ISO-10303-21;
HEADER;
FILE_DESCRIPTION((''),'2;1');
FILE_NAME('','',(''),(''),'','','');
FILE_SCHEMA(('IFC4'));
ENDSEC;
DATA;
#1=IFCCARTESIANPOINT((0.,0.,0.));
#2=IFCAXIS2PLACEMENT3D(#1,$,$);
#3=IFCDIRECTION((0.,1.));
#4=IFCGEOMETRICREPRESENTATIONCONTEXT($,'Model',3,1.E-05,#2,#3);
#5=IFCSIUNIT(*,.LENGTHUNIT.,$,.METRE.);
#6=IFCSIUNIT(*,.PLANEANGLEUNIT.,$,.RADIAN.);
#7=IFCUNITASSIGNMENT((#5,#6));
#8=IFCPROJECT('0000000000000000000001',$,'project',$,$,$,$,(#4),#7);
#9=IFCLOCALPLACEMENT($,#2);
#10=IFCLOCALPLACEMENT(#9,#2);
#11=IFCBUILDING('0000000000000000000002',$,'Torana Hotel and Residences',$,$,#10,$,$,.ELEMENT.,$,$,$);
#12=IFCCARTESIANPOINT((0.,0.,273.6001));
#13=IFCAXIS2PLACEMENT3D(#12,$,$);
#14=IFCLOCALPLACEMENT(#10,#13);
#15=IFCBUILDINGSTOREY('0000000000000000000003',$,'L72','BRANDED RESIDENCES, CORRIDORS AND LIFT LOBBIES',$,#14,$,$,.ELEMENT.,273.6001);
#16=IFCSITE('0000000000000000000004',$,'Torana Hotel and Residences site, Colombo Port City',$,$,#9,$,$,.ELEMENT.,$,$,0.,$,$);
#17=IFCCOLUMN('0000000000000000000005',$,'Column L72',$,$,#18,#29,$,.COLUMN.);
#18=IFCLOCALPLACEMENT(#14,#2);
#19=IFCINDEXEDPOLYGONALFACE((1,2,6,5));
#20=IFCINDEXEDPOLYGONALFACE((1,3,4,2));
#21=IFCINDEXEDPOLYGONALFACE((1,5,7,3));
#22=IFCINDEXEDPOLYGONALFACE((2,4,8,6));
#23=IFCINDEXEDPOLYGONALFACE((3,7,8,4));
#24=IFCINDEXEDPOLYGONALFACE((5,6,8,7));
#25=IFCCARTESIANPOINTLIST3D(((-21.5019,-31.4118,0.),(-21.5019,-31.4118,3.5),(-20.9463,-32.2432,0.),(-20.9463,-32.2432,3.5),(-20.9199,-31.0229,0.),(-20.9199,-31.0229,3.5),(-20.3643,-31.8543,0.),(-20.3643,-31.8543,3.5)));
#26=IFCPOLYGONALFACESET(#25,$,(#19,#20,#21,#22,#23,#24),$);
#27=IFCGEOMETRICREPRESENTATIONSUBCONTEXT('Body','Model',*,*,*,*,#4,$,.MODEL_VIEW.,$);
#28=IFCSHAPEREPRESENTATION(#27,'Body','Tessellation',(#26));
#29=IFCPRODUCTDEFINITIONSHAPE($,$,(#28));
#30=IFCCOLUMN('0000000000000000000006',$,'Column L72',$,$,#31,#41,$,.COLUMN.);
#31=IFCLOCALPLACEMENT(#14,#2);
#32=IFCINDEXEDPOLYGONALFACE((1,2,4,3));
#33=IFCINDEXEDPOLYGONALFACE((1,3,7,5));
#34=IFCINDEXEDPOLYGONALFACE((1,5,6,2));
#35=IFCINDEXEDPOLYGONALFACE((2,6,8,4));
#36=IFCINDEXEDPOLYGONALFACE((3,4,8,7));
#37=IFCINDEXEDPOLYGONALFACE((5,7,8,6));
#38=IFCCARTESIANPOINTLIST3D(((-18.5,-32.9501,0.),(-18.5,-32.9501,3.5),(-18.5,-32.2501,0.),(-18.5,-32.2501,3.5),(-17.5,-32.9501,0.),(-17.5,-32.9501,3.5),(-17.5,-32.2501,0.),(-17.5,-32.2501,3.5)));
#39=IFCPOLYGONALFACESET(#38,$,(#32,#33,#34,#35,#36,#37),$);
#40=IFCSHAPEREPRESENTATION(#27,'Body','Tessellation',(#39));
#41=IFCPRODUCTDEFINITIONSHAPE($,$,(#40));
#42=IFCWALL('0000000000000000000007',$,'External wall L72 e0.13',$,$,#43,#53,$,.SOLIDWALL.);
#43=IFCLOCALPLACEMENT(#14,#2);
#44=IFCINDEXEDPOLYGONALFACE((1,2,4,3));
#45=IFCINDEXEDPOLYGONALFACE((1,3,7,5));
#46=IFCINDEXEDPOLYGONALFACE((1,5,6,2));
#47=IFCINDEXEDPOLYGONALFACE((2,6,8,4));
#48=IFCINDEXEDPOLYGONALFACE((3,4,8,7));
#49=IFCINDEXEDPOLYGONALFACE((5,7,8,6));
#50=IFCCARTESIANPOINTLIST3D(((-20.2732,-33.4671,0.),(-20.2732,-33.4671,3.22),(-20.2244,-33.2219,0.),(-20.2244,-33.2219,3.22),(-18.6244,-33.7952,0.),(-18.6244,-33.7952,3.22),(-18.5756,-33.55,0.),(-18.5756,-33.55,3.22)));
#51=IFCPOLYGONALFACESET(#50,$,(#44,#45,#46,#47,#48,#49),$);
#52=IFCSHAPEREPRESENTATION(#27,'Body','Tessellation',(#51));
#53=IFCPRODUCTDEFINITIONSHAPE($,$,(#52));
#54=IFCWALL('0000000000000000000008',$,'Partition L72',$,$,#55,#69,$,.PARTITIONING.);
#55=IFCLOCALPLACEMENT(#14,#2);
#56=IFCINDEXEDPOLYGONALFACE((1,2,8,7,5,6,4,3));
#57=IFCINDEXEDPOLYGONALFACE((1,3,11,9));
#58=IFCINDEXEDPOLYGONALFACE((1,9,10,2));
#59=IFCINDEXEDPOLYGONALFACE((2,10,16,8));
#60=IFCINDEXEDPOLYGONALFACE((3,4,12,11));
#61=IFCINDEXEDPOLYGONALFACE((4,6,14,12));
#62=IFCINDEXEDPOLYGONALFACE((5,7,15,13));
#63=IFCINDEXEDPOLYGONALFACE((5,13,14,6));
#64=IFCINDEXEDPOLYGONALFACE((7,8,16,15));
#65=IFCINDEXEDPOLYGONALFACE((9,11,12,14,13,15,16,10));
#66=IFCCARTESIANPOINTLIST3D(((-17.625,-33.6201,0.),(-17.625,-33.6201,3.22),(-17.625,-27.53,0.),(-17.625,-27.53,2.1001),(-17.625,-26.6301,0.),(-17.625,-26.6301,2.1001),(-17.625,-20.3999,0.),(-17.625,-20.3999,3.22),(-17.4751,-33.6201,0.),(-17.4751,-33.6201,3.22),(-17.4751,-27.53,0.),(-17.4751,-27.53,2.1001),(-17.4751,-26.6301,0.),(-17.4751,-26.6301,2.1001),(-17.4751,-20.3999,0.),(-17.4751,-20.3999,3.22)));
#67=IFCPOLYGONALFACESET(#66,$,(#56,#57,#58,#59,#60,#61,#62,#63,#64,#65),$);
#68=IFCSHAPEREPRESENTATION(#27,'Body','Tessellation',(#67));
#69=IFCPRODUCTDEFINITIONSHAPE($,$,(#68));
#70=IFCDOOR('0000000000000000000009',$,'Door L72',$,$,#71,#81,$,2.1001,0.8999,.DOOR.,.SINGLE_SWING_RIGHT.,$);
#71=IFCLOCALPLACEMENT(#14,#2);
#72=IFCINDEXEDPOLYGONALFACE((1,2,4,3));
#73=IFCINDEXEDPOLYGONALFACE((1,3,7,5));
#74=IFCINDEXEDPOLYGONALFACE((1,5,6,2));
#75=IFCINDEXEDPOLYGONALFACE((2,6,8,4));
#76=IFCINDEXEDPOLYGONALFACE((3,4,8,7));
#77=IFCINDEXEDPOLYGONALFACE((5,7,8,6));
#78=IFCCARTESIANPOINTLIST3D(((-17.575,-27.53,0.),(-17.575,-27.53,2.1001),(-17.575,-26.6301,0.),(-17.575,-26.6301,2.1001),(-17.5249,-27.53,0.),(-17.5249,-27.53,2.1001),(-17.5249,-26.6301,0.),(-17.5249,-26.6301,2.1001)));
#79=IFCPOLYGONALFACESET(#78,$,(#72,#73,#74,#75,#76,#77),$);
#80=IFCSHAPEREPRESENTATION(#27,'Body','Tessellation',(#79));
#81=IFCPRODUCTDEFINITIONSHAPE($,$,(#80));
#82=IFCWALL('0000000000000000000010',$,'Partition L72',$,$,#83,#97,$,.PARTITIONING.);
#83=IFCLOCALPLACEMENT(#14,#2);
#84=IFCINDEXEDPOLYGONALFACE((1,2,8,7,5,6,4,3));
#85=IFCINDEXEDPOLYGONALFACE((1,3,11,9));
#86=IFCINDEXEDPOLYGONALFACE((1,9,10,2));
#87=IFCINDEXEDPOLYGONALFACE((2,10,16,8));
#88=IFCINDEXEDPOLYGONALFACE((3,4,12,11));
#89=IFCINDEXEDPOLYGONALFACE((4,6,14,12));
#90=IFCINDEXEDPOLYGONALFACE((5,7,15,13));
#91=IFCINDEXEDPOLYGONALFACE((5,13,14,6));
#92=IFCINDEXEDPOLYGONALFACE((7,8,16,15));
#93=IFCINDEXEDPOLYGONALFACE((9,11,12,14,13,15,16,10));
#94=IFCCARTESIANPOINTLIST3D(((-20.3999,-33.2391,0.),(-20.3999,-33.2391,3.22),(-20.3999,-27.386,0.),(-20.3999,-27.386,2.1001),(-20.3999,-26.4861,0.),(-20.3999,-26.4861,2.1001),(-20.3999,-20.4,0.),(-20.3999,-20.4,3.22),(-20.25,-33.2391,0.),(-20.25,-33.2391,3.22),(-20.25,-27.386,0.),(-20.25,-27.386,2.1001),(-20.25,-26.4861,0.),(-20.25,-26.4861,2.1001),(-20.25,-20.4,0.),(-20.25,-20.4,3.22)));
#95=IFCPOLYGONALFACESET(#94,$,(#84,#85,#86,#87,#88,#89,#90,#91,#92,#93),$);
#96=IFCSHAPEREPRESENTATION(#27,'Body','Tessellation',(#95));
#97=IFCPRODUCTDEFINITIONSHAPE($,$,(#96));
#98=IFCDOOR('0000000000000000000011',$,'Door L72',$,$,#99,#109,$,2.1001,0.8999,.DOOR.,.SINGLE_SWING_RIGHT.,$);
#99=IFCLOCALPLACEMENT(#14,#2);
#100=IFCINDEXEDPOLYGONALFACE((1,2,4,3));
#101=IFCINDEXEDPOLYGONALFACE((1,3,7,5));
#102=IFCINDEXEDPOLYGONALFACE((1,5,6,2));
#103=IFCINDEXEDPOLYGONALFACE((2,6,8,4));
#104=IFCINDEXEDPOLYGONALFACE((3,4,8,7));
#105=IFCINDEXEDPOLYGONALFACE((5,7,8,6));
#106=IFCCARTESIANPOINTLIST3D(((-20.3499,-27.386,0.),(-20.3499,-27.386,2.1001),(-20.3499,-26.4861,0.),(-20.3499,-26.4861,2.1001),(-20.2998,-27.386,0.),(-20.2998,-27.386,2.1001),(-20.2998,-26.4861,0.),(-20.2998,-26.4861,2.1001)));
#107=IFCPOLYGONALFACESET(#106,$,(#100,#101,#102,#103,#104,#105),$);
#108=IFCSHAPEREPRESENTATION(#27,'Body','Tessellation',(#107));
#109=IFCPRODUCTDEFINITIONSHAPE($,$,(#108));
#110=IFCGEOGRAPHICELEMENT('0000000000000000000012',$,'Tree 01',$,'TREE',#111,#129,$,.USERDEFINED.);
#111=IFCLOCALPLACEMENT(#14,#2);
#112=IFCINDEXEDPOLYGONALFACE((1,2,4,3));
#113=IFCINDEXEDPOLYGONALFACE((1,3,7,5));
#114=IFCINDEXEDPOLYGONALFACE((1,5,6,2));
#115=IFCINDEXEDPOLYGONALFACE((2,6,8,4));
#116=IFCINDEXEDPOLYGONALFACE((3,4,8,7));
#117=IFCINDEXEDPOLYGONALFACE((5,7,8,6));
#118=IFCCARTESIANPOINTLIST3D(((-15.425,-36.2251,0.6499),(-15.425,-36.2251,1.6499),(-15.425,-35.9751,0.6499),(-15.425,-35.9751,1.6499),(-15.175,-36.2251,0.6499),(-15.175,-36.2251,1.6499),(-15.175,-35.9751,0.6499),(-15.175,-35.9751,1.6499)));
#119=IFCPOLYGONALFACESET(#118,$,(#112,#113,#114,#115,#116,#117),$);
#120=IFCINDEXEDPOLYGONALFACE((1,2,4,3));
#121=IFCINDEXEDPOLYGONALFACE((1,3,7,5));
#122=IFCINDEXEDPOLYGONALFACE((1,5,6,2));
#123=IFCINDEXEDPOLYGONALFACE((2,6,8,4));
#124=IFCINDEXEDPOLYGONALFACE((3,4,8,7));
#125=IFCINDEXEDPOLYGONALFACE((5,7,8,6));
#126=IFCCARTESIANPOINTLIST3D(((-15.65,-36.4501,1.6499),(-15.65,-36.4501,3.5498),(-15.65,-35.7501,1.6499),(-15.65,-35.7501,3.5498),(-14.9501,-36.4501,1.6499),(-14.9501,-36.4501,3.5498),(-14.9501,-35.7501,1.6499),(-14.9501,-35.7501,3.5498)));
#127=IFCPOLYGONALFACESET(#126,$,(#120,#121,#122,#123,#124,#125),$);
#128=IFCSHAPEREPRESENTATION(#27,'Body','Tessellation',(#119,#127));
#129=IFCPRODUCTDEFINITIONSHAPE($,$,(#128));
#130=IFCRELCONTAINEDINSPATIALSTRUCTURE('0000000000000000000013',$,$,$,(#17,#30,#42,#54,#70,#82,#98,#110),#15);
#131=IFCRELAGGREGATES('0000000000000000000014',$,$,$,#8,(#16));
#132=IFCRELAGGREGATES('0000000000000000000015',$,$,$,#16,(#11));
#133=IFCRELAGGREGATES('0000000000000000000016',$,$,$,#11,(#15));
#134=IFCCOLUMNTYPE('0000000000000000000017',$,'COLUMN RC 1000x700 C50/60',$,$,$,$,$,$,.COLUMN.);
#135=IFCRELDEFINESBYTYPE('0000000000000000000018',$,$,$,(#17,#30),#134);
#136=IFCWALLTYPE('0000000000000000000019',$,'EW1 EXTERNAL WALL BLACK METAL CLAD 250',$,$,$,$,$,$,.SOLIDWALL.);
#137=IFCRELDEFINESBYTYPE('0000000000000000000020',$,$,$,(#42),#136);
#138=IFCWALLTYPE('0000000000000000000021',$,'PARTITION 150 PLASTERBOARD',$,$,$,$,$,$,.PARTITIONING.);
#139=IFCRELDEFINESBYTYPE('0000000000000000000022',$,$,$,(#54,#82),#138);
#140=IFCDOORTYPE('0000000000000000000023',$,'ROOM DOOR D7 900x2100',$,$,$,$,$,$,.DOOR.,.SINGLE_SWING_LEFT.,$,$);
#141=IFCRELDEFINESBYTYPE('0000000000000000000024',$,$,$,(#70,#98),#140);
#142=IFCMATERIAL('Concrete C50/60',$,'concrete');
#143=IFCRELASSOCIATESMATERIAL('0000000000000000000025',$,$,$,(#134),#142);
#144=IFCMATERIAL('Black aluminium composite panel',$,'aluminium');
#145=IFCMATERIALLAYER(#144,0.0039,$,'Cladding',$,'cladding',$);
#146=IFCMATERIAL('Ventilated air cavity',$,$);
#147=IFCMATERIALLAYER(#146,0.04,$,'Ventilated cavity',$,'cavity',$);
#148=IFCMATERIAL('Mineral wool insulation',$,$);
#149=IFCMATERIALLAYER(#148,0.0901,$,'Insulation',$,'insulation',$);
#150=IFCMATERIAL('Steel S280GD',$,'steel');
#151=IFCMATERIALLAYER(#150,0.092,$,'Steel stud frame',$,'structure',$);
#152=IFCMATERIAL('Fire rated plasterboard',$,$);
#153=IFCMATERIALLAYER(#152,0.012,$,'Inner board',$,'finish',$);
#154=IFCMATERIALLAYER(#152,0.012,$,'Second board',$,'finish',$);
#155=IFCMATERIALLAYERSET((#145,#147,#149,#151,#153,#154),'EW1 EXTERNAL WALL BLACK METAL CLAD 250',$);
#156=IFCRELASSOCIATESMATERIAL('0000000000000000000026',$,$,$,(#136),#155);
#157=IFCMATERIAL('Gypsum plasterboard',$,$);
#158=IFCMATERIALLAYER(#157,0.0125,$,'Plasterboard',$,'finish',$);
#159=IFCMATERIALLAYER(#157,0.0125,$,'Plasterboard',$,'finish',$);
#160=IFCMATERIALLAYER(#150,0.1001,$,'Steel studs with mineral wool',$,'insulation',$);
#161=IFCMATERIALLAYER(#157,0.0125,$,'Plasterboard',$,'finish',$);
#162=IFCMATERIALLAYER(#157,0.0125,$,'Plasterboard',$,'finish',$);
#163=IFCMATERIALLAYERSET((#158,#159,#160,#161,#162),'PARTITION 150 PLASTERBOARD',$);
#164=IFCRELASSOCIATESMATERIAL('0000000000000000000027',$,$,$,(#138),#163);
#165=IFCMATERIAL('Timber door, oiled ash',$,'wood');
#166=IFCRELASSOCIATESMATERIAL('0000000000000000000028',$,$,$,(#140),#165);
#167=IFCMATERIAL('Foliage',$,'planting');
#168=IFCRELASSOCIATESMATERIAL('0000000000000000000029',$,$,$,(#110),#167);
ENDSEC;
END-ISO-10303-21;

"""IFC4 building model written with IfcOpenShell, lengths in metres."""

from ifc_helpers import new_model, si_unit, direction, frame, frame_2d, origin, origin_2d, place, context, subcontext, project, spatial, rectangle, extrude, material, layer, layer_set, material_profile, profile_set, type_object, element, fill, save


model = new_model("IFC4")

# Units and contexts
model_context = context("Model", 3, precision=1e-05, world=origin(), true_north=direction((0.0, 1.0)))
body_context = subcontext(model_context, "Body", "Model", "MODEL_VIEW")
ifc_project = project(units=[si_unit("LENGTHUNIT", "METRE"), si_unit("PLANEANGLEUNIT", "RADIAN")], contexts=[model_context])

# Site, building, storey
site_placement = place(None, origin())
site = spatial("IfcSite", under=ifc_project, at=site_placement, Name="Torana Hotel and Residences site, Colombo Port City", CompositionType="ELEMENT", RefElevation=0.0)
building_placement = place(site_placement, origin())
building = spatial("IfcBuilding", under=site, at=building_placement, Name="Torana Hotel and Residences", CompositionType="ELEMENT")
storey_placement = place(building_placement, frame((0.0, 0.0, 273.6001)))
storey = spatial("IfcBuildingStorey", under=building, at=storey_placement, Name="L72", Description="BRANDED RESIDENCES, CORRIDORS AND LIFT LOBBIES", CompositionType="ELEMENT", Elevation=273.6001)

# Columns
ifc_material_1 = material(Name="Concrete C50/60", Category="concrete")
ifc_material_profile = material_profile(ifc_material_1, rectangle(XDim=1.0, YDim=0.7, at=origin_2d()), Name="RC 1000x700")
ifc_profile_set = profile_set([ifc_material_profile], Name="Concrete C50/60")
column_type = type_object("IfcColumnType", Name="COLUMN RC 1000x700 C50/60", PredefinedType="COLUMN", material=ifc_profile_set)
for number, where, z_axis, x_axis, name in (
    (1, (-20.9331, -31.6331, 0.0), (0.0, 0.0, 1.0), (-0.555585, 0.83146, 0.0), "Column L72"),
    (2, (-18.0, -32.6001, 0.0), (0.0, 0.0, 1.0), (1.0, 0.0, 0.0), "Column L72"),
):
    element("IfcColumn", number, at=place(storey_placement, frame(where, z_axis=z_axis, x_axis=x_axis)), inside=storey, type_object=column_type, Name=name, PredefinedType="COLUMN", context=body_context, shape_type="SweptSolid", body=[
        extrude(rectangle(XDim=1.0, YDim=0.7, at=origin_2d()), origin(), (0.0, 0.0, 1.0), 3.5),
    ])

# Wall
ifc_material_2 = material(Name="Black aluminium composite panel", Category="aluminium")
ifc_layer_1 = layer(ifc_material_2, 0.0039, Name="Cladding", Category="cladding")
ifc_material_3 = material(Name="Ventilated air cavity")
ifc_layer_2 = layer(ifc_material_3, 0.04, Name="Ventilated cavity", Category="cavity")
ifc_material_4 = material(Name="Mineral wool insulation")
ifc_layer_3 = layer(ifc_material_4, 0.0901, Name="Insulation", Category="insulation")
ifc_material_5 = material(Name="Steel S280GD", Category="steel")
ifc_layer_4 = layer(ifc_material_5, 0.092, Name="Steel stud frame", Category="structure")
ifc_material_6 = material(Name="Fire rated plasterboard")
ifc_layer_5 = layer(ifc_material_6, 0.012, Name="Inner board", Category="finish")
ifc_layer_6 = layer(ifc_material_6, 0.012, Name="Second board", Category="finish")
ifc_layer_set_1 = layer_set([ifc_layer_1, ifc_layer_2, ifc_layer_3, ifc_layer_4, ifc_layer_5, ifc_layer_6], Name="EW1 EXTERNAL WALL BLACK METAL CLAD 250")
wall_type_1 = type_object("IfcWallType", Name="EW1 EXTERNAL WALL BLACK METAL CLAD 250", PredefinedType="SOLIDWALL", material=ifc_layer_set_1)
wall_1_placement = place(storey_placement, frame((-20.2488, -33.3445, 0.0), z_axis=(0.0, 0.0, 1.0), x_axis=(0.98077, -0.195167, 0.0)))
element("IfcWall", 3, at=wall_1_placement, inside=storey, type_object=wall_type_1, Name="External wall L72 e0.13", PredefinedType="SOLIDWALL", context=body_context, shape_type="SweptSolid", body=[
    extrude(rectangle(XDim=1.6812, YDim=0.25, at=frame_2d((0.8406, 0.0))), origin(), (0.0, 0.0, 1.0), 3.22),
])

# Walls, openings, doors
ifc_material_7 = material(Name="Gypsum plasterboard")
ifc_layer_7 = layer(ifc_material_7, 0.0125, Name="Plasterboard", Category="finish")
ifc_layer_8 = layer(ifc_material_7, 0.0125, Name="Plasterboard", Category="finish")
ifc_layer_9 = layer(ifc_material_5, 0.1001, Name="Steel studs with mineral wool", Category="insulation")
ifc_layer_10 = layer(ifc_material_7, 0.0125, Name="Plasterboard", Category="finish")
ifc_layer_11 = layer(ifc_material_7, 0.0125, Name="Plasterboard", Category="finish")
ifc_layer_set_2 = layer_set([ifc_layer_7, ifc_layer_8, ifc_layer_9, ifc_layer_10, ifc_layer_11], Name="PARTITION 150 PLASTERBOARD")
wall_type_2 = type_object("IfcWallType", Name="PARTITION 150 PLASTERBOARD", PredefinedType="PARTITIONING", material=ifc_layer_set_2)
wall_2_placement = place(storey_placement, frame((-17.55, -33.6201, 0.0), z_axis=(0.0, 0.0, 1.0), x_axis=(0.0, 1.0, 0.0)))
wall_2 = element("IfcWall", 4, at=wall_2_placement, inside=storey, type_object=wall_type_2, Name="Partition L72", PredefinedType="PARTITIONING", context=body_context, shape_type="SweptSolid", body=[
    extrude(rectangle(XDim=13.2202, YDim=0.1499, at=frame_2d((6.6101, 0.0))), origin(), (0.0, 0.0, 1.0), 3.22),
])
opening_1_placement = place(wall_2_placement, frame((6.0901, 0.0, 0.0)))
opening_1 = element("IfcOpeningElement", 5, at=opening_1_placement, cuts=wall_2, PredefinedType="OPENING", context=body_context, shape_type="SweptSolid", body=[
    extrude(rectangle(XDim=0.8999, YDim=2.1001, at=frame_2d((0.45, 1.05))), frame((0.0, 0.085, 0.0), z_axis=(0.0, -1.0, 0.0), x_axis=(1.0, 0.0, 0.0)), (0.0, 0.0, 1.0), 0.1699),
])
ifc_material_8 = material(Name="Timber door, oiled ash", Category="wood")
door_type_1 = type_object("IfcDoorType", Name="ROOM DOOR D7 900x2100", OperationType="SINGLE_SWING_LEFT", PredefinedType="DOOR", material=ifc_material_8)
door_1_placement = place(opening_1_placement, origin())
door_1 = element("IfcDoor", 6, at=door_1_placement, inside=storey, type_object=door_type_1, Name="Door L72", OperationType="SINGLE_SWING_RIGHT", OverallHeight=2.1001, OverallWidth=0.8999, PredefinedType="DOOR", context=body_context, shape_type="SweptSolid", body=[
    extrude(rectangle(XDim=0.8999, YDim=2.1001, at=frame_2d((0.45, 1.05))), frame((0.0, 0.0249, 0.0), z_axis=(0.0, -1.0, 0.0), x_axis=(1.0, 0.0, 0.0)), (0.0, 0.0, 1.0), 0.05),
])
fill(opening_1, door_1)
wall_3_placement = place(storey_placement, frame((-20.325, -33.239, 0.0), z_axis=(0.0, 0.0, 1.0), x_axis=(0.0, 1.0, 0.0)))
wall_3 = element("IfcWall", 7, at=wall_3_placement, inside=storey, type_object=wall_type_2, Name="Partition L72", PredefinedType="PARTITIONING", context=body_context, shape_type="SweptSolid", body=[
    extrude(rectangle(XDim=12.8391, YDim=0.1499, at=frame_2d((6.4194, 0.0))), origin(), (0.0, 0.0, 1.0), 3.22),
])
opening_2_placement = place(wall_3_placement, frame((5.853, 0.0, 0.0)))
opening_2 = element("IfcOpeningElement", 8, at=opening_2_placement, cuts=wall_3, PredefinedType="OPENING", context=body_context, shape_type="SweptSolid", body=[
    extrude(rectangle(XDim=0.8999, YDim=2.1001, at=frame_2d((0.45, 1.05))), frame((0.0, 0.085, 0.0), z_axis=(0.0, -1.0, 0.0), x_axis=(1.0, 0.0, 0.0)), (0.0, 0.0, 1.0), 0.1699),
])
door_2_placement = place(opening_2_placement, origin())
door_2 = element("IfcDoor", 9, at=door_2_placement, inside=storey, type_object=door_type_1, Name="Door L72", OperationType="SINGLE_SWING_RIGHT", OverallHeight=2.1001, OverallWidth=0.8999, PredefinedType="DOOR", context=body_context, shape_type="SweptSolid", body=[
    extrude(rectangle(XDim=0.8999, YDim=2.1001, at=frame_2d((0.45, 1.05))), frame((0.0, 0.0249, 0.0), z_axis=(0.0, -1.0, 0.0), x_axis=(1.0, 0.0, 0.0)), (0.0, 0.0, 1.0), 0.05),
])
fill(opening_2, door_2)

# Geographic element
ifc_material_9 = material(Name="Foliage", Category="planting")
geographic_element_placement = place(storey_placement, frame((-15.3, -36.1001, 0.6499), z_axis=(0.0, 0.0, 1.0), x_axis=(1.0, 0.0, 0.0)))
element("IfcGeographicElement", 10, at=geographic_element_placement, inside=storey, material=ifc_material_9, Name="Tree 01", ObjectType="TREE", PredefinedType="USERDEFINED", context=body_context, shape_type="SweptSolid", body=[
    extrude(rectangle(XDim=0.25, YDim=0.25, at=origin_2d()), origin(), (0.0, 0.0, 1.0), 1.0),
    extrude(rectangle(XDim=0.7, YDim=0.7, at=origin_2d()), frame((0.0, 0.0, 1.0)), (0.0, 0.0, 1.0), 1.8999),
])

save(model, "model.ifc")
